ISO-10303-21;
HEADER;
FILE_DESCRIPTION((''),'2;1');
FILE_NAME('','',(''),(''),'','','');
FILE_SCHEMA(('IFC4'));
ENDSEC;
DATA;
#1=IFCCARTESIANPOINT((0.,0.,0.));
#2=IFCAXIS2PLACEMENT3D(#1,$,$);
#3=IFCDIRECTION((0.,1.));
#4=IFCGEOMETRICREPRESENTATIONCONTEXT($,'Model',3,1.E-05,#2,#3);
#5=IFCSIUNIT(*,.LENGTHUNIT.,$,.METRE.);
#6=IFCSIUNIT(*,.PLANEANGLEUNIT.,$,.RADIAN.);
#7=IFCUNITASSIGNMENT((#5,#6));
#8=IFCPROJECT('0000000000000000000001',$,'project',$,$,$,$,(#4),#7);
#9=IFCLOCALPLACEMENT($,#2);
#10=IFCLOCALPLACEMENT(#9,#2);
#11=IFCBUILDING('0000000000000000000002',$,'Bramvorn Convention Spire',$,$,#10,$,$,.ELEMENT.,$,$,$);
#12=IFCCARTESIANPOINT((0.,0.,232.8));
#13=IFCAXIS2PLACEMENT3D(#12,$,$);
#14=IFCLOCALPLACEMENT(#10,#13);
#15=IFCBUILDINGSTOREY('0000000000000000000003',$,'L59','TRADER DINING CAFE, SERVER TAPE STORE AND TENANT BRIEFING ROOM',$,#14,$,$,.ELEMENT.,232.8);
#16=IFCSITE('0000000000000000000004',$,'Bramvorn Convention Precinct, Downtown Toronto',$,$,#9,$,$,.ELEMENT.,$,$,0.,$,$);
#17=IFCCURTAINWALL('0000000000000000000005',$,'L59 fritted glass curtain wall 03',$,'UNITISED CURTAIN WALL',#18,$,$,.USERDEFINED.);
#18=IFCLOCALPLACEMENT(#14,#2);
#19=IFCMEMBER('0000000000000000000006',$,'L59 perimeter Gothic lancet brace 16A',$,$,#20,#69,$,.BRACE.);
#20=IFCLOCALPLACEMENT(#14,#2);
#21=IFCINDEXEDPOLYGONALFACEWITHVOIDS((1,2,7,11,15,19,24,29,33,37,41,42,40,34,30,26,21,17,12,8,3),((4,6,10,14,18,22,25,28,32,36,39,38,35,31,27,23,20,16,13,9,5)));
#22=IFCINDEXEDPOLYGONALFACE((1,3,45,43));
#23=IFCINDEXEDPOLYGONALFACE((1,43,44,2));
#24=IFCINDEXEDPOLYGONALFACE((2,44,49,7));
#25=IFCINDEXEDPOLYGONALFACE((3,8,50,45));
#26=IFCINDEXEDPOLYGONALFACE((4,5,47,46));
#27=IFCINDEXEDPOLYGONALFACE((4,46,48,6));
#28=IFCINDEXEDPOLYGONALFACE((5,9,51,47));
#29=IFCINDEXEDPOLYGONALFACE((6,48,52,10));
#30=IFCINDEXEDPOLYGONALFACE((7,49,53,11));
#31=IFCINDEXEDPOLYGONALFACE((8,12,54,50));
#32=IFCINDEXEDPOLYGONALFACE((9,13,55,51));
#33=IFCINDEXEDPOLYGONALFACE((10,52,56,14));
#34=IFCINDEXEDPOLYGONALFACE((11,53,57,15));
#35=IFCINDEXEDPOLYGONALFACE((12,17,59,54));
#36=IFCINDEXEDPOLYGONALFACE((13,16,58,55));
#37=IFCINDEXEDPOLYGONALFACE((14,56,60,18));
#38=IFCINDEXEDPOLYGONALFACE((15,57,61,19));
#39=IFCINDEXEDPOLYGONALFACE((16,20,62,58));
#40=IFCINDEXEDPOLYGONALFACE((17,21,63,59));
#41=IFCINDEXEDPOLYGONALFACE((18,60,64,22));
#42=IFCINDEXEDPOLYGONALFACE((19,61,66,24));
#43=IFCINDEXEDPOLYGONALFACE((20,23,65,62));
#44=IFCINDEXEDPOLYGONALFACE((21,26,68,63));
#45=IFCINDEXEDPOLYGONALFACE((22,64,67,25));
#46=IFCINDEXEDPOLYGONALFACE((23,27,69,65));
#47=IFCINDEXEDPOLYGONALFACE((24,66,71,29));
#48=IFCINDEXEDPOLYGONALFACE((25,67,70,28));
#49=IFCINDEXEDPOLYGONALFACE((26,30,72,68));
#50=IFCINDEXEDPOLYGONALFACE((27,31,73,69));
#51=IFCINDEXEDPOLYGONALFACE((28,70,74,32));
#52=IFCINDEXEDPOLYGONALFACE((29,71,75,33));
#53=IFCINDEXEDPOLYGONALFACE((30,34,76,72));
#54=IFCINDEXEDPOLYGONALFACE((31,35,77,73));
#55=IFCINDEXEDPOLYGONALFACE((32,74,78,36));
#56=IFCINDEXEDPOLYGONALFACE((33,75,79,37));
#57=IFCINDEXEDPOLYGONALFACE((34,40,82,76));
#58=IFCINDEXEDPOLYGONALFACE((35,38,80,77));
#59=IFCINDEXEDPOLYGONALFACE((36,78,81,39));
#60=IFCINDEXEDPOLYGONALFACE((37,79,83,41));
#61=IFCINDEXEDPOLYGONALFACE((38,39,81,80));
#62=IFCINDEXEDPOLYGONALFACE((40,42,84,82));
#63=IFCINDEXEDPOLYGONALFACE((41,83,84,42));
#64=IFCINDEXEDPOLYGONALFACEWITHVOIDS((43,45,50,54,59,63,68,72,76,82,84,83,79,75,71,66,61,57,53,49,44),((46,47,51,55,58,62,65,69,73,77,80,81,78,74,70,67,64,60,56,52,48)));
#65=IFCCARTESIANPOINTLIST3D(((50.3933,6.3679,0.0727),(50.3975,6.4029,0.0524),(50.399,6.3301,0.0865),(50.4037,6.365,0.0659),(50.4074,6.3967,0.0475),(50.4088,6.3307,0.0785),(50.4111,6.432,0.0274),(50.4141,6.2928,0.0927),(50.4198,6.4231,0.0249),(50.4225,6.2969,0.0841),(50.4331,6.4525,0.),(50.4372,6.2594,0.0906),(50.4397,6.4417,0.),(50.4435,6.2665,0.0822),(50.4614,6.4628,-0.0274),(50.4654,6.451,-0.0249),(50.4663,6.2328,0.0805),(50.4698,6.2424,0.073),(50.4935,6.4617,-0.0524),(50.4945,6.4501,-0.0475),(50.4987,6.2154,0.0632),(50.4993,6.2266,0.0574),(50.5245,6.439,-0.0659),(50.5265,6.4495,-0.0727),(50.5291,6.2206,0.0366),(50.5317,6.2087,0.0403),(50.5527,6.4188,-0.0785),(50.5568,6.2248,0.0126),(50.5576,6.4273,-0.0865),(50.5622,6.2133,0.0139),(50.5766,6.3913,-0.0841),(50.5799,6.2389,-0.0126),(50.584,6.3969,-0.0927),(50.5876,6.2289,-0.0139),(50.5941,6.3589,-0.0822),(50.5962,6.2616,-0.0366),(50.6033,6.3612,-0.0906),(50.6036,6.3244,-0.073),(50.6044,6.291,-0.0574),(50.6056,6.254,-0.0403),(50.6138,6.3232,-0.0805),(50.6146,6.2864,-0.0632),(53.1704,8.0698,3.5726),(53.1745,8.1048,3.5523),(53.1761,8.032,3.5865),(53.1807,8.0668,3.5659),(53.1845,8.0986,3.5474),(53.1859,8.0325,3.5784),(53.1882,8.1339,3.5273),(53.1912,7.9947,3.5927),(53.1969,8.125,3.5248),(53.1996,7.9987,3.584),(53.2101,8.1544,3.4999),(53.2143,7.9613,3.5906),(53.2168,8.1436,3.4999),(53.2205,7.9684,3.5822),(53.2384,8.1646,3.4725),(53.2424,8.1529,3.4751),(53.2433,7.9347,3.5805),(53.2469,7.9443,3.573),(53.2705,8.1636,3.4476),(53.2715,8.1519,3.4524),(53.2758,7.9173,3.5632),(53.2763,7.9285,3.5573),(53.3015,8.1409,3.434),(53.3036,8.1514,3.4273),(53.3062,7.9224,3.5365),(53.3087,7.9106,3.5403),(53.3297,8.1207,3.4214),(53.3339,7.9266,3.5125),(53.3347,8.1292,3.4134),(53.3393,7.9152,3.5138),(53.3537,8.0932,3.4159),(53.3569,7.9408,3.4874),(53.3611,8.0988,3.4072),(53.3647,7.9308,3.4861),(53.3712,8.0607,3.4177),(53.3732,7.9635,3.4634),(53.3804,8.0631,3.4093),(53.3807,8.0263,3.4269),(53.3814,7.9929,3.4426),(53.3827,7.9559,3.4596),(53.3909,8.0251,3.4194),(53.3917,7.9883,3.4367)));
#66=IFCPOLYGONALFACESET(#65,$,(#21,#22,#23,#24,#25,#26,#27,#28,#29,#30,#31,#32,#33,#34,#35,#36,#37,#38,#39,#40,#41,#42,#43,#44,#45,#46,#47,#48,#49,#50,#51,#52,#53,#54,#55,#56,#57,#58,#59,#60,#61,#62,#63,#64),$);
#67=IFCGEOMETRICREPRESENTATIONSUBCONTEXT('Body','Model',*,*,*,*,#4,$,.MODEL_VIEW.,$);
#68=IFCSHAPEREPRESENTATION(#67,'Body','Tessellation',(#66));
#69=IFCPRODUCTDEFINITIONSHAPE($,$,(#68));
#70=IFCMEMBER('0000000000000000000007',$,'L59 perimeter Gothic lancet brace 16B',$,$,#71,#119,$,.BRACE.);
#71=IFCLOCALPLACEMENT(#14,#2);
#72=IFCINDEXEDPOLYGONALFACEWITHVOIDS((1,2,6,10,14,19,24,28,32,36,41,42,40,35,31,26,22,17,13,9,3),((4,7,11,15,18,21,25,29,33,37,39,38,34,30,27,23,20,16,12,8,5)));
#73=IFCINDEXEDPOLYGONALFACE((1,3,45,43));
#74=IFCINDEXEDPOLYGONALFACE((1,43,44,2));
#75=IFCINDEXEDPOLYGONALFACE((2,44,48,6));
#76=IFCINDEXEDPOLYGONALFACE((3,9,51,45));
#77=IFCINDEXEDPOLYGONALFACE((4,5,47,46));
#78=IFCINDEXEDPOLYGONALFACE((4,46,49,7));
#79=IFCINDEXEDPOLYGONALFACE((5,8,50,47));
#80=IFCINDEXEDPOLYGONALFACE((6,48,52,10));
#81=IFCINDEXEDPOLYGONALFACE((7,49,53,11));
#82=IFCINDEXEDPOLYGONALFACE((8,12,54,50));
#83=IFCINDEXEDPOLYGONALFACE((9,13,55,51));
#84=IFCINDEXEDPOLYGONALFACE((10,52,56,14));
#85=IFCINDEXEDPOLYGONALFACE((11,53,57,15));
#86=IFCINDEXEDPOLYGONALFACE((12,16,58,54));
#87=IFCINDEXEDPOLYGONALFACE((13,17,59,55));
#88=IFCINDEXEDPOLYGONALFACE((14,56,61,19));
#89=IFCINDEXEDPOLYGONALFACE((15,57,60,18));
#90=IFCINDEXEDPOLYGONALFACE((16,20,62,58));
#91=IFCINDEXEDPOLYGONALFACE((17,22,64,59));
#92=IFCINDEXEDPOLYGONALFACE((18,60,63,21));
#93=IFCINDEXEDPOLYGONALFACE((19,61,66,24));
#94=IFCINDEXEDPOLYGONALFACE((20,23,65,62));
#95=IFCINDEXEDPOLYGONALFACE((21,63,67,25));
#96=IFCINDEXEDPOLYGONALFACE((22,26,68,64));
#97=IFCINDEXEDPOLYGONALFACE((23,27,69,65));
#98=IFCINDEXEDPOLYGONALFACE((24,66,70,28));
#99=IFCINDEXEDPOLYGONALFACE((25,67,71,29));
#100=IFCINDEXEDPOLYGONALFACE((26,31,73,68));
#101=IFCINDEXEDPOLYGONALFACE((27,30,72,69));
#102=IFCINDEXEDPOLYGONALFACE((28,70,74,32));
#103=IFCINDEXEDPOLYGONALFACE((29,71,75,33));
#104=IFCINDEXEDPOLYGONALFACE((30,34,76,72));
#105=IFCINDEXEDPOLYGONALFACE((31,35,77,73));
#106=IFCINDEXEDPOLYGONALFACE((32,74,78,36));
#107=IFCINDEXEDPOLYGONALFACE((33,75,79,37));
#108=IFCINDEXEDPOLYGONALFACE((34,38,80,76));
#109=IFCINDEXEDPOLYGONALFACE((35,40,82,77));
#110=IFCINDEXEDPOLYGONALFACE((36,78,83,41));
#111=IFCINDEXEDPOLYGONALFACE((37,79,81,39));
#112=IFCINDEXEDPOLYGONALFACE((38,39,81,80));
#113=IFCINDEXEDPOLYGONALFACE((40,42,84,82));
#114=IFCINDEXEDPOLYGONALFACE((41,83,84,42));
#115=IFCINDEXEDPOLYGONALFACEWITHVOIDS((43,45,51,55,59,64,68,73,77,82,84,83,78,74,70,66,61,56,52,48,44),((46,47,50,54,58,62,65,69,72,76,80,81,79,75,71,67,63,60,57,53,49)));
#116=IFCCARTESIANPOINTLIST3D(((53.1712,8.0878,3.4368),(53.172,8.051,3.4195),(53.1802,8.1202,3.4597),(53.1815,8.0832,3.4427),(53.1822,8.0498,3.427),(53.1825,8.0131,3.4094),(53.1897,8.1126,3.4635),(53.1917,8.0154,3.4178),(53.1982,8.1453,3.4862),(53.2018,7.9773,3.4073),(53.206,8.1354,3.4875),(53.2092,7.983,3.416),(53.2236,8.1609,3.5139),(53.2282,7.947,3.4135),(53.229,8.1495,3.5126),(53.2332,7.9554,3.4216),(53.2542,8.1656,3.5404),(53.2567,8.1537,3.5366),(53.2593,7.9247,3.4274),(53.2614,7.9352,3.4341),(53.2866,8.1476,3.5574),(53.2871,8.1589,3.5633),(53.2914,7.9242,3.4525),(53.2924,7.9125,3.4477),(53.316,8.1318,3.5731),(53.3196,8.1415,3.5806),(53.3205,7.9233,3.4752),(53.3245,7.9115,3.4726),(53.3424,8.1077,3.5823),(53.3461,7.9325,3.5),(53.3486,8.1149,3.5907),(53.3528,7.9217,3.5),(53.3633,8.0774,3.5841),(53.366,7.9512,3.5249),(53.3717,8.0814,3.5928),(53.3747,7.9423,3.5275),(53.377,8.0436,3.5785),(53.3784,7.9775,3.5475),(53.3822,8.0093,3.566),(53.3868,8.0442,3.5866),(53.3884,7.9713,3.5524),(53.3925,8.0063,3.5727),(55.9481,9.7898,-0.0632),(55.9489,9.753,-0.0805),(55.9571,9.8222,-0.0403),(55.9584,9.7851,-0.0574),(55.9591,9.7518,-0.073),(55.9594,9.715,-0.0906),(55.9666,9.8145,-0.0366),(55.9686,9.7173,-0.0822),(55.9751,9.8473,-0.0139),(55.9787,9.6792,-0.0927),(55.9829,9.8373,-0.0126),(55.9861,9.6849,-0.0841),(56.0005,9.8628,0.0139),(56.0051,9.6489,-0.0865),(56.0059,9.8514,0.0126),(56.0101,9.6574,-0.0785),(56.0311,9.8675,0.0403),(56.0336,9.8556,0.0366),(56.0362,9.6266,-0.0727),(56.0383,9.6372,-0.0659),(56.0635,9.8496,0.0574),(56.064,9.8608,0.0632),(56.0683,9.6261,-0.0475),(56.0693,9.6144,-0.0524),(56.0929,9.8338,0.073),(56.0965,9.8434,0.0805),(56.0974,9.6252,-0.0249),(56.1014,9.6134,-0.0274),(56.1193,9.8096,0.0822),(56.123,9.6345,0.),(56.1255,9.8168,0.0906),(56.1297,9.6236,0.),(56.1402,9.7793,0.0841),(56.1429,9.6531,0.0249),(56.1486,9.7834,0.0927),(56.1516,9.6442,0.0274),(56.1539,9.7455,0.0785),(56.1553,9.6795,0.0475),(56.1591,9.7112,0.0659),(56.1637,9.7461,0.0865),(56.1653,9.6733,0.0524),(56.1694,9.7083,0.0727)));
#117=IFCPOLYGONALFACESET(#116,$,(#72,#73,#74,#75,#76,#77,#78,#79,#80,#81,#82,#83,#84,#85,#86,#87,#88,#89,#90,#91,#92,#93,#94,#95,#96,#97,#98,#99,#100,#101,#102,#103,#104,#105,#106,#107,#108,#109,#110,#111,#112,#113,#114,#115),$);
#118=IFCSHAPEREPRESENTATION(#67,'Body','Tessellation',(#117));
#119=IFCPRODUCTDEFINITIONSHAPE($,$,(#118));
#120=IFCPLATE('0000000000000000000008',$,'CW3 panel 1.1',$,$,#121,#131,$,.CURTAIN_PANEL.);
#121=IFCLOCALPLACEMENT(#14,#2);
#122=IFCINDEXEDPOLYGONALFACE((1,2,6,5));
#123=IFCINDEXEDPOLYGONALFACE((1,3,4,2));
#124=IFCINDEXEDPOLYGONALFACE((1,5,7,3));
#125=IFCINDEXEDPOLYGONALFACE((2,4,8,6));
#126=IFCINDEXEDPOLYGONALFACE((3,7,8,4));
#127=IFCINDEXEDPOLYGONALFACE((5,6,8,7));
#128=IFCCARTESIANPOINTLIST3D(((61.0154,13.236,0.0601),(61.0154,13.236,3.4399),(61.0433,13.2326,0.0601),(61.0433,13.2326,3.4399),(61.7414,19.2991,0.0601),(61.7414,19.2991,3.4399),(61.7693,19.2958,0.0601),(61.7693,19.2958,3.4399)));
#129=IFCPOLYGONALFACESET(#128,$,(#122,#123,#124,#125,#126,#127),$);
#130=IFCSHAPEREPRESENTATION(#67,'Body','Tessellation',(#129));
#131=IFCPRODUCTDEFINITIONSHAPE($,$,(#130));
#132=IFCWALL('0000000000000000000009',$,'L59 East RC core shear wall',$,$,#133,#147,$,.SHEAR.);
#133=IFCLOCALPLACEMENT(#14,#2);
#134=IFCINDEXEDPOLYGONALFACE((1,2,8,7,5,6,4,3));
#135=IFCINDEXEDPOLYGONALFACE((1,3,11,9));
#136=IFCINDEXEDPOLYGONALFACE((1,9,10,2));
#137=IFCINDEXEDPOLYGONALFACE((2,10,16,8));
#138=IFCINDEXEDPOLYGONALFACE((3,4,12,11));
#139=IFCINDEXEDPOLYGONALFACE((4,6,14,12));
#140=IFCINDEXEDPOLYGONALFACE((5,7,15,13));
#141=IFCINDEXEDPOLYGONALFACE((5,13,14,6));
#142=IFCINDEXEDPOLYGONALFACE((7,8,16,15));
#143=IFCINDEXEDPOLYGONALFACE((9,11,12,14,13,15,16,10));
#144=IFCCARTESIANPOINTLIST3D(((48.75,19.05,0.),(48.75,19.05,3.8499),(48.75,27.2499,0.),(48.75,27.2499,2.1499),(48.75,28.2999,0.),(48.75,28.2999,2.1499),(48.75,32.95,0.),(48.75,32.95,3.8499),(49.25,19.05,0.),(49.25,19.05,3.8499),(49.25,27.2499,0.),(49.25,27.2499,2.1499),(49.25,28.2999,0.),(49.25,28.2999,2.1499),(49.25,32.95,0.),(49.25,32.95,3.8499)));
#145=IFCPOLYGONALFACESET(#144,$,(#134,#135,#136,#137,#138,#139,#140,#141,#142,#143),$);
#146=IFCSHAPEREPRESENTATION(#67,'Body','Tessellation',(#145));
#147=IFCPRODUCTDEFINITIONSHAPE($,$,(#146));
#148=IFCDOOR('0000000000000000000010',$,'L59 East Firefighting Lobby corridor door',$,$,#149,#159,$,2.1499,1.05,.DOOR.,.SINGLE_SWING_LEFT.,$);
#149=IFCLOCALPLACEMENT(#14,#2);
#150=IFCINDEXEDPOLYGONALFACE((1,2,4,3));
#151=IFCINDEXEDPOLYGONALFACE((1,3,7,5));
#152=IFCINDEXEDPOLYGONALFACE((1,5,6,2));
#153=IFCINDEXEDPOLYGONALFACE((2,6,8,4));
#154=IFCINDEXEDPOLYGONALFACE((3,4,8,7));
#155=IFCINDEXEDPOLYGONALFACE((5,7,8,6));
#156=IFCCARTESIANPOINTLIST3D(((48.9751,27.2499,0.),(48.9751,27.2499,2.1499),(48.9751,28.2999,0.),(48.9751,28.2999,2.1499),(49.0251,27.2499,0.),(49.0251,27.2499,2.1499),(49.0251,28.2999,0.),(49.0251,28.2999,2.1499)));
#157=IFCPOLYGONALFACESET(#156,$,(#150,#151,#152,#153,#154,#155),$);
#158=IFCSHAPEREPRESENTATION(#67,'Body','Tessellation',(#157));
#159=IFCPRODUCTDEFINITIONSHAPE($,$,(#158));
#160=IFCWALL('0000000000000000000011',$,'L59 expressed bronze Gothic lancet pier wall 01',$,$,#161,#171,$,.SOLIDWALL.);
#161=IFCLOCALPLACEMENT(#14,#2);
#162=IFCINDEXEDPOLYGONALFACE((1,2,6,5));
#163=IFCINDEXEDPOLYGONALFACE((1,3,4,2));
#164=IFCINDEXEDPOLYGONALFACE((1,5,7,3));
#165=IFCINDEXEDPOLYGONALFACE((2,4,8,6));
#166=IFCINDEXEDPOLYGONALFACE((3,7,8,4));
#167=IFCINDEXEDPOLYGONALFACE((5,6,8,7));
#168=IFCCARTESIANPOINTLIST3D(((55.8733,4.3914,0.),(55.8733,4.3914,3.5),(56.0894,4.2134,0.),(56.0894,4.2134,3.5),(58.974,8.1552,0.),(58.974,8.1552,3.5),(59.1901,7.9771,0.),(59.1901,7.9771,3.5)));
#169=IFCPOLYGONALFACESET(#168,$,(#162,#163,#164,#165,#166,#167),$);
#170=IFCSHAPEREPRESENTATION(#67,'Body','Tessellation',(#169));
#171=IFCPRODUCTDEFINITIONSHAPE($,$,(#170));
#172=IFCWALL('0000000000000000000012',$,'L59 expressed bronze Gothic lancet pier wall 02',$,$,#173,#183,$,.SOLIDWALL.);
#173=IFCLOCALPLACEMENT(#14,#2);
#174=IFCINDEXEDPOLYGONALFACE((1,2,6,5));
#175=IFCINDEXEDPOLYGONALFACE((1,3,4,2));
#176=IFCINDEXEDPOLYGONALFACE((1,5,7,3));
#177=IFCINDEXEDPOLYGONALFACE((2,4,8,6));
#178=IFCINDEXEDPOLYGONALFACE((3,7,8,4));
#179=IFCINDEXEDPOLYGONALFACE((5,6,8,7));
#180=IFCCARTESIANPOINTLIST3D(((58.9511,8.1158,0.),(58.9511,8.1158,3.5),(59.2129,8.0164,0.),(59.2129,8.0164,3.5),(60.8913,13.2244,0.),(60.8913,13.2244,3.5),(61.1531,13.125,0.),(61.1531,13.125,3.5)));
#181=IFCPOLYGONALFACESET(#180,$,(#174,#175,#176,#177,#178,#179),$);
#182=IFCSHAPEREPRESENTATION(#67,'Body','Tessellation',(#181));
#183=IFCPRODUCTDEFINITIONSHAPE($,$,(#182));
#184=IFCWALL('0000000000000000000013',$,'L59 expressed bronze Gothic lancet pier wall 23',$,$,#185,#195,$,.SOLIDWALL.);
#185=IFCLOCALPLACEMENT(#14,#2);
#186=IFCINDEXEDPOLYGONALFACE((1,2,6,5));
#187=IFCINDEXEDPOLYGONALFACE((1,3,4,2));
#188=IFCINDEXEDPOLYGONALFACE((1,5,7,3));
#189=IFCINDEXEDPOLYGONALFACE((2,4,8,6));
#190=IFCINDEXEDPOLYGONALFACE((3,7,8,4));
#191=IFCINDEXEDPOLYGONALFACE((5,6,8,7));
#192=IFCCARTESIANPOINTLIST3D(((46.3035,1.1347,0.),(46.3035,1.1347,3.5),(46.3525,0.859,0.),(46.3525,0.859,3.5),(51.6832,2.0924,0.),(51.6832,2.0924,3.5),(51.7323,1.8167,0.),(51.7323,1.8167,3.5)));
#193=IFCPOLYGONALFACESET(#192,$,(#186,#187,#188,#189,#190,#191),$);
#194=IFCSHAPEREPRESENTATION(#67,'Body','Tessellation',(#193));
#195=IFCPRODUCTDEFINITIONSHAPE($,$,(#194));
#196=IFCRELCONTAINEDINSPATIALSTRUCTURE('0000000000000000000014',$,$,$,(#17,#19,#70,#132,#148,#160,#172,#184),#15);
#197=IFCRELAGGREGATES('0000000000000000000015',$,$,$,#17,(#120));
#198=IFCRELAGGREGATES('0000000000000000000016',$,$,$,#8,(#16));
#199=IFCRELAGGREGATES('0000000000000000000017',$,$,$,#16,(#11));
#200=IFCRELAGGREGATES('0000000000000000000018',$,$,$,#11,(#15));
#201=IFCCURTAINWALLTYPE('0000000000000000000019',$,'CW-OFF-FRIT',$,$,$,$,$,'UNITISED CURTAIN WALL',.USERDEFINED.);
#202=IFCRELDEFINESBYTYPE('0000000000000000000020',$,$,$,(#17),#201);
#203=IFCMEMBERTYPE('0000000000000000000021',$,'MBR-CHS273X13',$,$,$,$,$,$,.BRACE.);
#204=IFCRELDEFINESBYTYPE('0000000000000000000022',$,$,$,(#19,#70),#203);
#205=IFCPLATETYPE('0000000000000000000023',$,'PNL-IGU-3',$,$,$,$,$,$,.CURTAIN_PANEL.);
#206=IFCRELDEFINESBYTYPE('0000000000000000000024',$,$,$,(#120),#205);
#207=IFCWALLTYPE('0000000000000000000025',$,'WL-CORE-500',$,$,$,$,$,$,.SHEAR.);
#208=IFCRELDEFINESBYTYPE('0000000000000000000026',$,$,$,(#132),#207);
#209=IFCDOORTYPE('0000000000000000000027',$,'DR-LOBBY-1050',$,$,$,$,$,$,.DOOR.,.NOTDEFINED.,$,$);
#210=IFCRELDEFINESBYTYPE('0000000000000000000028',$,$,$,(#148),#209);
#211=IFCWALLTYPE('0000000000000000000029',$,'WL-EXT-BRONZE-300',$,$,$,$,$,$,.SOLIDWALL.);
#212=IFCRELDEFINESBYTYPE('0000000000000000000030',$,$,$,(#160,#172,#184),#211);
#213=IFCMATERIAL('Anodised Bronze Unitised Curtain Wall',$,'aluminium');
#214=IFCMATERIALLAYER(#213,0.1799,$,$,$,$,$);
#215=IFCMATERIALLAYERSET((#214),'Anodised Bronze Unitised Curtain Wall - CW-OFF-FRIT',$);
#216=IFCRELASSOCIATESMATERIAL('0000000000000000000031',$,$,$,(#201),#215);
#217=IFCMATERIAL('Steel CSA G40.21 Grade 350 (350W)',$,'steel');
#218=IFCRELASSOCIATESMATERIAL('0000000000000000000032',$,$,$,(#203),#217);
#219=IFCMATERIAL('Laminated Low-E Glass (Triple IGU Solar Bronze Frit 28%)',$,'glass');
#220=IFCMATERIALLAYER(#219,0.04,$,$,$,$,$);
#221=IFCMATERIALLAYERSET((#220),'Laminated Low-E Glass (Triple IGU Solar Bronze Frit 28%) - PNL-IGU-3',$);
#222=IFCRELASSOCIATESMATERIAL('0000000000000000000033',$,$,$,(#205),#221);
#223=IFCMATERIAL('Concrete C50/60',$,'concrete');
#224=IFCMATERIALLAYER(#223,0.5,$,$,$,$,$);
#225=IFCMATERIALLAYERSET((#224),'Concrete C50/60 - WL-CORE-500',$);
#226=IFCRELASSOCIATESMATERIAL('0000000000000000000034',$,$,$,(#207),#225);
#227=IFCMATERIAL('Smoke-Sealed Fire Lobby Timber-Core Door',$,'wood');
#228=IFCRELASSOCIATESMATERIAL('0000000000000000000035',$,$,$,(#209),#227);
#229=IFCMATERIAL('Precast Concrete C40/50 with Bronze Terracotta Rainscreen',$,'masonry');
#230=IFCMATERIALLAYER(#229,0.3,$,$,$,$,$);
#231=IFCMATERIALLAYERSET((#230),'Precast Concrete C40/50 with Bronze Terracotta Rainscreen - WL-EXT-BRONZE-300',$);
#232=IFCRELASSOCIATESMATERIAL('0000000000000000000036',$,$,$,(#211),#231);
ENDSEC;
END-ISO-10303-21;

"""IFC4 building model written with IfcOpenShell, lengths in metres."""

from ifc_helpers import new_model, si_unit, direction, frame, frame_2d, origin, origin_2d, place, context, subcontext, project, spatial, rectangle, hollow_circle, extrude, material, layer, layer_set, material_profile, profile_set, type_object, element, fill, aggregate, save


model = new_model("IFC4")

# Units and contexts
model_context = context("Model", 3, precision=1e-05, world=origin(), true_north=direction((0.0, 1.0)))
body_context = subcontext(model_context, "Body", "Model", "MODEL_VIEW")
ifc_project = project(units=[si_unit("LENGTHUNIT", "METRE"), si_unit("PLANEANGLEUNIT", "RADIAN")], contexts=[model_context])

# Site, building, storey
site_placement = place(None, origin())
site = spatial("IfcSite", under=ifc_project, at=site_placement, Name="Bramvorn Convention Precinct, Downtown Toronto", CompositionType="ELEMENT", RefElevation=0.0)
building_placement = place(site_placement, origin())
building = spatial("IfcBuilding", under=site, at=building_placement, Name="Bramvorn Convention Spire", CompositionType="ELEMENT")
storey_placement = place(building_placement, frame((0.0, 0.0, 232.8)))
storey = spatial("IfcBuildingStorey", under=building, at=storey_placement, Name="L59", Description="TRADER DINING CAFE, SERVER TAPE STORE AND TENANT BRIEFING ROOM", CompositionType="ELEMENT", Elevation=232.8)

# Shared definitions
ifc_material_1 = material(Name="Steel CSA G40.21 Grade 350 (350W)", Category="steel")

# Curtain wall
ifc_material_2 = material(Name="Anodised Bronze Unitised Curtain Wall", Category="aluminium")
ifc_layer_1 = layer(ifc_material_2, 0.1799)
ifc_layer_set_1 = layer_set([ifc_layer_1], Name="Anodised Bronze Unitised Curtain Wall - CW-OFF-FRIT")
curtain_wall_type = type_object("IfcCurtainWallType", Name="CW-OFF-FRIT", ElementType="UNITISED CURTAIN WALL", PredefinedType="USERDEFINED", material=ifc_layer_set_1)
curtain_wall_1_placement = place(storey_placement, origin())
curtain_wall_1 = element("IfcCurtainWall", 1, at=curtain_wall_1_placement, inside=storey, type_object=curtain_wall_type, Name="L59 fritted glass curtain wall 03", ObjectType="UNITISED CURTAIN WALL", PredefinedType="USERDEFINED")

# Members
ifc_material_profile_1 = material_profile(ifc_material_1, hollow_circle(Radius=0.1365, WallThickness=0.0127, at=origin_2d()))
ifc_profile_set_1 = profile_set([ifc_material_profile_1], Name="Steel CSA G40.21 Grade 350 (350W) - CHS273X13")
member_type_1 = type_object("IfcMemberType", Name="MBR-CHS273X13", PredefinedType="BRACE", material=ifc_profile_set_1)
for number, where, z_axis, x_axis, name in (
    (2, (50.5044, 6.3362, 0.0), (0.580852, 0.355966, 0.732052), (-0.52252, 0.852627, 0.0), "L59 perimeter Gothic lancet brace 16A"),
    (3, (56.0583, 9.74, 0.0), (-0.580818, -0.355977, 0.732073), (0.522553, -0.852607, 0.0), "L59 perimeter Gothic lancet brace 16B"),
):
    element("IfcMember", number, at=place(storey_placement, frame(where, z_axis=z_axis, x_axis=x_axis)), inside=storey, type_object=member_type_1, Name=name, PredefinedType="BRACE", context=body_context, shape_type="SweptSolid", body=[
        extrude(hollow_circle(Radius=0.1365, WallThickness=0.0127, at=origin_2d()), origin(), (0.0, 0.0, 1.0), 4.781),
    ])

# Plate
ifc_material_3 = material(Name="Laminated Low-E Glass (Triple IGU Solar Bronze Frit 28%)", Category="glass")
ifc_layer_2 = layer(ifc_material_3, 0.04)
ifc_layer_set_2 = layer_set([ifc_layer_2], Name="Laminated Low-E Glass (Triple IGU Solar Bronze Frit 28%) - PNL-IGU-3")
plate_type = type_object("IfcPlateType", Name="PNL-IGU-3", PredefinedType="CURTAIN_PANEL", material=ifc_layer_set_2)
plate_placement = place(storey_placement, frame((61.3923, 16.2659, 0.0601), z_axis=(0.0, 0.0, 1.0), x_axis=(-0.118898, -0.992907, 0.0)))
plate = element("IfcPlate", 4, at=plate_placement, type_object=plate_type, Name="CW3 panel 1.1", PredefinedType="CURTAIN_PANEL", context=body_context, shape_type="SweptSolid", body=[
    extrude(rectangle(XDim=6.1064, YDim=0.0281, at=origin_2d()), origin(), (0.0, 0.0, 1.0), 3.3799),
])
aggregate(curtain_wall_1, [plate])

# Wall, opening, door
ifc_material_4 = material(Name="Concrete C50/60", Category="concrete")
ifc_layer_3 = layer(ifc_material_4, 0.5)
ifc_layer_set_3 = layer_set([ifc_layer_3], Name="Concrete C50/60 - WL-CORE-500")
wall_type_1 = type_object("IfcWallType", Name="WL-CORE-500", PredefinedType="SHEAR", material=ifc_layer_set_3)
wall_1_placement = place(storey_placement, frame((49.0, 19.05, 0.0), z_axis=(0.0, 0.0, 1.0), x_axis=(0.0, 1.0, 0.0)))
wall_1 = element("IfcWall", 5, at=wall_1_placement, inside=storey, type_object=wall_type_1, Name="L59 East RC core shear wall", PredefinedType="SHEAR", context=body_context, shape_type="SweptSolid", body=[
    extrude(rectangle(XDim=13.8999, YDim=0.5, at=frame_2d((6.95, 0.0))), origin(), (0.0, 0.0, 1.0), 3.8499),
])
opening_placement = place(wall_1_placement, frame((8.2, 0.0, 0.0)))
opening = element("IfcOpeningElement", 6, at=opening_placement, cuts=wall_1, PredefinedType="OPENING", context=body_context, shape_type="SweptSolid", body=[
    extrude(rectangle(XDim=1.05, YDim=2.1499, at=frame_2d((0.5249, 1.075))), frame((0.0, 0.26, 0.0), z_axis=(0.0, -1.0, 0.0), x_axis=(1.0, 0.0, 0.0)), (0.0, 0.0, 1.0), 0.52),
])
ifc_material_5 = material(Name="Smoke-Sealed Fire Lobby Timber-Core Door", Category="wood")
door_type = type_object("IfcDoorType", Name="DR-LOBBY-1050", OperationType="NOTDEFINED", PredefinedType="DOOR", material=ifc_material_5)
door_placement = place(opening_placement, origin())
door = element("IfcDoor", 7, at=door_placement, inside=storey, type_object=door_type, Name="L59 East Firefighting Lobby corridor door", OperationType="SINGLE_SWING_LEFT", OverallHeight=2.1499, OverallWidth=1.05, PredefinedType="DOOR", context=body_context, shape_type="SweptSolid", body=[
    extrude(rectangle(XDim=1.05, YDim=2.1499, at=frame_2d((0.5249, 1.075))), frame((0.0, 0.0249, 0.0), z_axis=(0.0, -1.0, 0.0), x_axis=(1.0, 0.0, 0.0)), (0.0, 0.0, 1.0), 0.05),
])
fill(opening, door)

# Walls
ifc_material_6 = material(Name="Precast Concrete C40/50 with Bronze Terracotta Rainscreen", Category="masonry")
ifc_layer_4 = layer(ifc_material_6, 0.3)
ifc_layer_set_4 = layer_set([ifc_layer_4], Name="Precast Concrete C40/50 with Bronze Terracotta Rainscreen - WL-EXT-BRONZE-300")
wall_type_2 = type_object("IfcWallType", Name="WL-EXT-BRONZE-300", PredefinedType="SOLIDWALL", material=ifc_layer_set_4)
wall_2_placement = place(storey_placement, frame((59.082, 8.0662, 0.0), z_axis=(0.0, 0.0, 1.0), x_axis=(-0.635841, -0.77182, 0.0)))
element("IfcWall", 8, at=wall_2_placement, inside=storey, type_object=wall_type_2, Name="L59 expressed bronze Gothic lancet pier wall 01", PredefinedType="SOLIDWALL", context=body_context, shape_type="SweptSolid", body=[
    extrude(rectangle(XDim=4.8765, YDim=0.28, at=frame_2d((2.4382, 0.0))), origin(), (0.0, 0.0, 1.0), 3.5),
])
wall_3_placement = place(storey_placement, frame((61.0222, 13.1748, 0.0), z_axis=(0.0, 0.0, 1.0), x_axis=(-0.355042, -0.93485, 0.0)))
element("IfcWall", 9, at=wall_3_placement, inside=storey, type_object=wall_type_2, Name="L59 expressed bronze Gothic lancet pier wall 02", PredefinedType="SOLIDWALL", context=body_context, shape_type="SweptSolid", body=[
    extrude(rectangle(XDim=5.4646, YDim=0.28, at=frame_2d((2.7324, 0.0))), origin(), (0.0, 0.0, 1.0), 3.5),
])
wall_4_placement = place(storey_placement, frame((51.7078, 1.9546, 0.0), z_axis=(0.0, 0.0, 1.0), x_axis=(-0.98452, -0.175271, 0.0)))
element("IfcWall", 10, at=wall_4_placement, inside=storey, type_object=wall_type_2, Name="L59 expressed bronze Gothic lancet pier wall 23", PredefinedType="SOLIDWALL", context=body_context, shape_type="SweptSolid", body=[
    extrude(rectangle(XDim=5.4644, YDim=0.28, at=frame_2d((2.7322, 0.0))), origin(), (0.0, 0.0, 1.0), 3.5),
])

save(model, "model.ifc")
